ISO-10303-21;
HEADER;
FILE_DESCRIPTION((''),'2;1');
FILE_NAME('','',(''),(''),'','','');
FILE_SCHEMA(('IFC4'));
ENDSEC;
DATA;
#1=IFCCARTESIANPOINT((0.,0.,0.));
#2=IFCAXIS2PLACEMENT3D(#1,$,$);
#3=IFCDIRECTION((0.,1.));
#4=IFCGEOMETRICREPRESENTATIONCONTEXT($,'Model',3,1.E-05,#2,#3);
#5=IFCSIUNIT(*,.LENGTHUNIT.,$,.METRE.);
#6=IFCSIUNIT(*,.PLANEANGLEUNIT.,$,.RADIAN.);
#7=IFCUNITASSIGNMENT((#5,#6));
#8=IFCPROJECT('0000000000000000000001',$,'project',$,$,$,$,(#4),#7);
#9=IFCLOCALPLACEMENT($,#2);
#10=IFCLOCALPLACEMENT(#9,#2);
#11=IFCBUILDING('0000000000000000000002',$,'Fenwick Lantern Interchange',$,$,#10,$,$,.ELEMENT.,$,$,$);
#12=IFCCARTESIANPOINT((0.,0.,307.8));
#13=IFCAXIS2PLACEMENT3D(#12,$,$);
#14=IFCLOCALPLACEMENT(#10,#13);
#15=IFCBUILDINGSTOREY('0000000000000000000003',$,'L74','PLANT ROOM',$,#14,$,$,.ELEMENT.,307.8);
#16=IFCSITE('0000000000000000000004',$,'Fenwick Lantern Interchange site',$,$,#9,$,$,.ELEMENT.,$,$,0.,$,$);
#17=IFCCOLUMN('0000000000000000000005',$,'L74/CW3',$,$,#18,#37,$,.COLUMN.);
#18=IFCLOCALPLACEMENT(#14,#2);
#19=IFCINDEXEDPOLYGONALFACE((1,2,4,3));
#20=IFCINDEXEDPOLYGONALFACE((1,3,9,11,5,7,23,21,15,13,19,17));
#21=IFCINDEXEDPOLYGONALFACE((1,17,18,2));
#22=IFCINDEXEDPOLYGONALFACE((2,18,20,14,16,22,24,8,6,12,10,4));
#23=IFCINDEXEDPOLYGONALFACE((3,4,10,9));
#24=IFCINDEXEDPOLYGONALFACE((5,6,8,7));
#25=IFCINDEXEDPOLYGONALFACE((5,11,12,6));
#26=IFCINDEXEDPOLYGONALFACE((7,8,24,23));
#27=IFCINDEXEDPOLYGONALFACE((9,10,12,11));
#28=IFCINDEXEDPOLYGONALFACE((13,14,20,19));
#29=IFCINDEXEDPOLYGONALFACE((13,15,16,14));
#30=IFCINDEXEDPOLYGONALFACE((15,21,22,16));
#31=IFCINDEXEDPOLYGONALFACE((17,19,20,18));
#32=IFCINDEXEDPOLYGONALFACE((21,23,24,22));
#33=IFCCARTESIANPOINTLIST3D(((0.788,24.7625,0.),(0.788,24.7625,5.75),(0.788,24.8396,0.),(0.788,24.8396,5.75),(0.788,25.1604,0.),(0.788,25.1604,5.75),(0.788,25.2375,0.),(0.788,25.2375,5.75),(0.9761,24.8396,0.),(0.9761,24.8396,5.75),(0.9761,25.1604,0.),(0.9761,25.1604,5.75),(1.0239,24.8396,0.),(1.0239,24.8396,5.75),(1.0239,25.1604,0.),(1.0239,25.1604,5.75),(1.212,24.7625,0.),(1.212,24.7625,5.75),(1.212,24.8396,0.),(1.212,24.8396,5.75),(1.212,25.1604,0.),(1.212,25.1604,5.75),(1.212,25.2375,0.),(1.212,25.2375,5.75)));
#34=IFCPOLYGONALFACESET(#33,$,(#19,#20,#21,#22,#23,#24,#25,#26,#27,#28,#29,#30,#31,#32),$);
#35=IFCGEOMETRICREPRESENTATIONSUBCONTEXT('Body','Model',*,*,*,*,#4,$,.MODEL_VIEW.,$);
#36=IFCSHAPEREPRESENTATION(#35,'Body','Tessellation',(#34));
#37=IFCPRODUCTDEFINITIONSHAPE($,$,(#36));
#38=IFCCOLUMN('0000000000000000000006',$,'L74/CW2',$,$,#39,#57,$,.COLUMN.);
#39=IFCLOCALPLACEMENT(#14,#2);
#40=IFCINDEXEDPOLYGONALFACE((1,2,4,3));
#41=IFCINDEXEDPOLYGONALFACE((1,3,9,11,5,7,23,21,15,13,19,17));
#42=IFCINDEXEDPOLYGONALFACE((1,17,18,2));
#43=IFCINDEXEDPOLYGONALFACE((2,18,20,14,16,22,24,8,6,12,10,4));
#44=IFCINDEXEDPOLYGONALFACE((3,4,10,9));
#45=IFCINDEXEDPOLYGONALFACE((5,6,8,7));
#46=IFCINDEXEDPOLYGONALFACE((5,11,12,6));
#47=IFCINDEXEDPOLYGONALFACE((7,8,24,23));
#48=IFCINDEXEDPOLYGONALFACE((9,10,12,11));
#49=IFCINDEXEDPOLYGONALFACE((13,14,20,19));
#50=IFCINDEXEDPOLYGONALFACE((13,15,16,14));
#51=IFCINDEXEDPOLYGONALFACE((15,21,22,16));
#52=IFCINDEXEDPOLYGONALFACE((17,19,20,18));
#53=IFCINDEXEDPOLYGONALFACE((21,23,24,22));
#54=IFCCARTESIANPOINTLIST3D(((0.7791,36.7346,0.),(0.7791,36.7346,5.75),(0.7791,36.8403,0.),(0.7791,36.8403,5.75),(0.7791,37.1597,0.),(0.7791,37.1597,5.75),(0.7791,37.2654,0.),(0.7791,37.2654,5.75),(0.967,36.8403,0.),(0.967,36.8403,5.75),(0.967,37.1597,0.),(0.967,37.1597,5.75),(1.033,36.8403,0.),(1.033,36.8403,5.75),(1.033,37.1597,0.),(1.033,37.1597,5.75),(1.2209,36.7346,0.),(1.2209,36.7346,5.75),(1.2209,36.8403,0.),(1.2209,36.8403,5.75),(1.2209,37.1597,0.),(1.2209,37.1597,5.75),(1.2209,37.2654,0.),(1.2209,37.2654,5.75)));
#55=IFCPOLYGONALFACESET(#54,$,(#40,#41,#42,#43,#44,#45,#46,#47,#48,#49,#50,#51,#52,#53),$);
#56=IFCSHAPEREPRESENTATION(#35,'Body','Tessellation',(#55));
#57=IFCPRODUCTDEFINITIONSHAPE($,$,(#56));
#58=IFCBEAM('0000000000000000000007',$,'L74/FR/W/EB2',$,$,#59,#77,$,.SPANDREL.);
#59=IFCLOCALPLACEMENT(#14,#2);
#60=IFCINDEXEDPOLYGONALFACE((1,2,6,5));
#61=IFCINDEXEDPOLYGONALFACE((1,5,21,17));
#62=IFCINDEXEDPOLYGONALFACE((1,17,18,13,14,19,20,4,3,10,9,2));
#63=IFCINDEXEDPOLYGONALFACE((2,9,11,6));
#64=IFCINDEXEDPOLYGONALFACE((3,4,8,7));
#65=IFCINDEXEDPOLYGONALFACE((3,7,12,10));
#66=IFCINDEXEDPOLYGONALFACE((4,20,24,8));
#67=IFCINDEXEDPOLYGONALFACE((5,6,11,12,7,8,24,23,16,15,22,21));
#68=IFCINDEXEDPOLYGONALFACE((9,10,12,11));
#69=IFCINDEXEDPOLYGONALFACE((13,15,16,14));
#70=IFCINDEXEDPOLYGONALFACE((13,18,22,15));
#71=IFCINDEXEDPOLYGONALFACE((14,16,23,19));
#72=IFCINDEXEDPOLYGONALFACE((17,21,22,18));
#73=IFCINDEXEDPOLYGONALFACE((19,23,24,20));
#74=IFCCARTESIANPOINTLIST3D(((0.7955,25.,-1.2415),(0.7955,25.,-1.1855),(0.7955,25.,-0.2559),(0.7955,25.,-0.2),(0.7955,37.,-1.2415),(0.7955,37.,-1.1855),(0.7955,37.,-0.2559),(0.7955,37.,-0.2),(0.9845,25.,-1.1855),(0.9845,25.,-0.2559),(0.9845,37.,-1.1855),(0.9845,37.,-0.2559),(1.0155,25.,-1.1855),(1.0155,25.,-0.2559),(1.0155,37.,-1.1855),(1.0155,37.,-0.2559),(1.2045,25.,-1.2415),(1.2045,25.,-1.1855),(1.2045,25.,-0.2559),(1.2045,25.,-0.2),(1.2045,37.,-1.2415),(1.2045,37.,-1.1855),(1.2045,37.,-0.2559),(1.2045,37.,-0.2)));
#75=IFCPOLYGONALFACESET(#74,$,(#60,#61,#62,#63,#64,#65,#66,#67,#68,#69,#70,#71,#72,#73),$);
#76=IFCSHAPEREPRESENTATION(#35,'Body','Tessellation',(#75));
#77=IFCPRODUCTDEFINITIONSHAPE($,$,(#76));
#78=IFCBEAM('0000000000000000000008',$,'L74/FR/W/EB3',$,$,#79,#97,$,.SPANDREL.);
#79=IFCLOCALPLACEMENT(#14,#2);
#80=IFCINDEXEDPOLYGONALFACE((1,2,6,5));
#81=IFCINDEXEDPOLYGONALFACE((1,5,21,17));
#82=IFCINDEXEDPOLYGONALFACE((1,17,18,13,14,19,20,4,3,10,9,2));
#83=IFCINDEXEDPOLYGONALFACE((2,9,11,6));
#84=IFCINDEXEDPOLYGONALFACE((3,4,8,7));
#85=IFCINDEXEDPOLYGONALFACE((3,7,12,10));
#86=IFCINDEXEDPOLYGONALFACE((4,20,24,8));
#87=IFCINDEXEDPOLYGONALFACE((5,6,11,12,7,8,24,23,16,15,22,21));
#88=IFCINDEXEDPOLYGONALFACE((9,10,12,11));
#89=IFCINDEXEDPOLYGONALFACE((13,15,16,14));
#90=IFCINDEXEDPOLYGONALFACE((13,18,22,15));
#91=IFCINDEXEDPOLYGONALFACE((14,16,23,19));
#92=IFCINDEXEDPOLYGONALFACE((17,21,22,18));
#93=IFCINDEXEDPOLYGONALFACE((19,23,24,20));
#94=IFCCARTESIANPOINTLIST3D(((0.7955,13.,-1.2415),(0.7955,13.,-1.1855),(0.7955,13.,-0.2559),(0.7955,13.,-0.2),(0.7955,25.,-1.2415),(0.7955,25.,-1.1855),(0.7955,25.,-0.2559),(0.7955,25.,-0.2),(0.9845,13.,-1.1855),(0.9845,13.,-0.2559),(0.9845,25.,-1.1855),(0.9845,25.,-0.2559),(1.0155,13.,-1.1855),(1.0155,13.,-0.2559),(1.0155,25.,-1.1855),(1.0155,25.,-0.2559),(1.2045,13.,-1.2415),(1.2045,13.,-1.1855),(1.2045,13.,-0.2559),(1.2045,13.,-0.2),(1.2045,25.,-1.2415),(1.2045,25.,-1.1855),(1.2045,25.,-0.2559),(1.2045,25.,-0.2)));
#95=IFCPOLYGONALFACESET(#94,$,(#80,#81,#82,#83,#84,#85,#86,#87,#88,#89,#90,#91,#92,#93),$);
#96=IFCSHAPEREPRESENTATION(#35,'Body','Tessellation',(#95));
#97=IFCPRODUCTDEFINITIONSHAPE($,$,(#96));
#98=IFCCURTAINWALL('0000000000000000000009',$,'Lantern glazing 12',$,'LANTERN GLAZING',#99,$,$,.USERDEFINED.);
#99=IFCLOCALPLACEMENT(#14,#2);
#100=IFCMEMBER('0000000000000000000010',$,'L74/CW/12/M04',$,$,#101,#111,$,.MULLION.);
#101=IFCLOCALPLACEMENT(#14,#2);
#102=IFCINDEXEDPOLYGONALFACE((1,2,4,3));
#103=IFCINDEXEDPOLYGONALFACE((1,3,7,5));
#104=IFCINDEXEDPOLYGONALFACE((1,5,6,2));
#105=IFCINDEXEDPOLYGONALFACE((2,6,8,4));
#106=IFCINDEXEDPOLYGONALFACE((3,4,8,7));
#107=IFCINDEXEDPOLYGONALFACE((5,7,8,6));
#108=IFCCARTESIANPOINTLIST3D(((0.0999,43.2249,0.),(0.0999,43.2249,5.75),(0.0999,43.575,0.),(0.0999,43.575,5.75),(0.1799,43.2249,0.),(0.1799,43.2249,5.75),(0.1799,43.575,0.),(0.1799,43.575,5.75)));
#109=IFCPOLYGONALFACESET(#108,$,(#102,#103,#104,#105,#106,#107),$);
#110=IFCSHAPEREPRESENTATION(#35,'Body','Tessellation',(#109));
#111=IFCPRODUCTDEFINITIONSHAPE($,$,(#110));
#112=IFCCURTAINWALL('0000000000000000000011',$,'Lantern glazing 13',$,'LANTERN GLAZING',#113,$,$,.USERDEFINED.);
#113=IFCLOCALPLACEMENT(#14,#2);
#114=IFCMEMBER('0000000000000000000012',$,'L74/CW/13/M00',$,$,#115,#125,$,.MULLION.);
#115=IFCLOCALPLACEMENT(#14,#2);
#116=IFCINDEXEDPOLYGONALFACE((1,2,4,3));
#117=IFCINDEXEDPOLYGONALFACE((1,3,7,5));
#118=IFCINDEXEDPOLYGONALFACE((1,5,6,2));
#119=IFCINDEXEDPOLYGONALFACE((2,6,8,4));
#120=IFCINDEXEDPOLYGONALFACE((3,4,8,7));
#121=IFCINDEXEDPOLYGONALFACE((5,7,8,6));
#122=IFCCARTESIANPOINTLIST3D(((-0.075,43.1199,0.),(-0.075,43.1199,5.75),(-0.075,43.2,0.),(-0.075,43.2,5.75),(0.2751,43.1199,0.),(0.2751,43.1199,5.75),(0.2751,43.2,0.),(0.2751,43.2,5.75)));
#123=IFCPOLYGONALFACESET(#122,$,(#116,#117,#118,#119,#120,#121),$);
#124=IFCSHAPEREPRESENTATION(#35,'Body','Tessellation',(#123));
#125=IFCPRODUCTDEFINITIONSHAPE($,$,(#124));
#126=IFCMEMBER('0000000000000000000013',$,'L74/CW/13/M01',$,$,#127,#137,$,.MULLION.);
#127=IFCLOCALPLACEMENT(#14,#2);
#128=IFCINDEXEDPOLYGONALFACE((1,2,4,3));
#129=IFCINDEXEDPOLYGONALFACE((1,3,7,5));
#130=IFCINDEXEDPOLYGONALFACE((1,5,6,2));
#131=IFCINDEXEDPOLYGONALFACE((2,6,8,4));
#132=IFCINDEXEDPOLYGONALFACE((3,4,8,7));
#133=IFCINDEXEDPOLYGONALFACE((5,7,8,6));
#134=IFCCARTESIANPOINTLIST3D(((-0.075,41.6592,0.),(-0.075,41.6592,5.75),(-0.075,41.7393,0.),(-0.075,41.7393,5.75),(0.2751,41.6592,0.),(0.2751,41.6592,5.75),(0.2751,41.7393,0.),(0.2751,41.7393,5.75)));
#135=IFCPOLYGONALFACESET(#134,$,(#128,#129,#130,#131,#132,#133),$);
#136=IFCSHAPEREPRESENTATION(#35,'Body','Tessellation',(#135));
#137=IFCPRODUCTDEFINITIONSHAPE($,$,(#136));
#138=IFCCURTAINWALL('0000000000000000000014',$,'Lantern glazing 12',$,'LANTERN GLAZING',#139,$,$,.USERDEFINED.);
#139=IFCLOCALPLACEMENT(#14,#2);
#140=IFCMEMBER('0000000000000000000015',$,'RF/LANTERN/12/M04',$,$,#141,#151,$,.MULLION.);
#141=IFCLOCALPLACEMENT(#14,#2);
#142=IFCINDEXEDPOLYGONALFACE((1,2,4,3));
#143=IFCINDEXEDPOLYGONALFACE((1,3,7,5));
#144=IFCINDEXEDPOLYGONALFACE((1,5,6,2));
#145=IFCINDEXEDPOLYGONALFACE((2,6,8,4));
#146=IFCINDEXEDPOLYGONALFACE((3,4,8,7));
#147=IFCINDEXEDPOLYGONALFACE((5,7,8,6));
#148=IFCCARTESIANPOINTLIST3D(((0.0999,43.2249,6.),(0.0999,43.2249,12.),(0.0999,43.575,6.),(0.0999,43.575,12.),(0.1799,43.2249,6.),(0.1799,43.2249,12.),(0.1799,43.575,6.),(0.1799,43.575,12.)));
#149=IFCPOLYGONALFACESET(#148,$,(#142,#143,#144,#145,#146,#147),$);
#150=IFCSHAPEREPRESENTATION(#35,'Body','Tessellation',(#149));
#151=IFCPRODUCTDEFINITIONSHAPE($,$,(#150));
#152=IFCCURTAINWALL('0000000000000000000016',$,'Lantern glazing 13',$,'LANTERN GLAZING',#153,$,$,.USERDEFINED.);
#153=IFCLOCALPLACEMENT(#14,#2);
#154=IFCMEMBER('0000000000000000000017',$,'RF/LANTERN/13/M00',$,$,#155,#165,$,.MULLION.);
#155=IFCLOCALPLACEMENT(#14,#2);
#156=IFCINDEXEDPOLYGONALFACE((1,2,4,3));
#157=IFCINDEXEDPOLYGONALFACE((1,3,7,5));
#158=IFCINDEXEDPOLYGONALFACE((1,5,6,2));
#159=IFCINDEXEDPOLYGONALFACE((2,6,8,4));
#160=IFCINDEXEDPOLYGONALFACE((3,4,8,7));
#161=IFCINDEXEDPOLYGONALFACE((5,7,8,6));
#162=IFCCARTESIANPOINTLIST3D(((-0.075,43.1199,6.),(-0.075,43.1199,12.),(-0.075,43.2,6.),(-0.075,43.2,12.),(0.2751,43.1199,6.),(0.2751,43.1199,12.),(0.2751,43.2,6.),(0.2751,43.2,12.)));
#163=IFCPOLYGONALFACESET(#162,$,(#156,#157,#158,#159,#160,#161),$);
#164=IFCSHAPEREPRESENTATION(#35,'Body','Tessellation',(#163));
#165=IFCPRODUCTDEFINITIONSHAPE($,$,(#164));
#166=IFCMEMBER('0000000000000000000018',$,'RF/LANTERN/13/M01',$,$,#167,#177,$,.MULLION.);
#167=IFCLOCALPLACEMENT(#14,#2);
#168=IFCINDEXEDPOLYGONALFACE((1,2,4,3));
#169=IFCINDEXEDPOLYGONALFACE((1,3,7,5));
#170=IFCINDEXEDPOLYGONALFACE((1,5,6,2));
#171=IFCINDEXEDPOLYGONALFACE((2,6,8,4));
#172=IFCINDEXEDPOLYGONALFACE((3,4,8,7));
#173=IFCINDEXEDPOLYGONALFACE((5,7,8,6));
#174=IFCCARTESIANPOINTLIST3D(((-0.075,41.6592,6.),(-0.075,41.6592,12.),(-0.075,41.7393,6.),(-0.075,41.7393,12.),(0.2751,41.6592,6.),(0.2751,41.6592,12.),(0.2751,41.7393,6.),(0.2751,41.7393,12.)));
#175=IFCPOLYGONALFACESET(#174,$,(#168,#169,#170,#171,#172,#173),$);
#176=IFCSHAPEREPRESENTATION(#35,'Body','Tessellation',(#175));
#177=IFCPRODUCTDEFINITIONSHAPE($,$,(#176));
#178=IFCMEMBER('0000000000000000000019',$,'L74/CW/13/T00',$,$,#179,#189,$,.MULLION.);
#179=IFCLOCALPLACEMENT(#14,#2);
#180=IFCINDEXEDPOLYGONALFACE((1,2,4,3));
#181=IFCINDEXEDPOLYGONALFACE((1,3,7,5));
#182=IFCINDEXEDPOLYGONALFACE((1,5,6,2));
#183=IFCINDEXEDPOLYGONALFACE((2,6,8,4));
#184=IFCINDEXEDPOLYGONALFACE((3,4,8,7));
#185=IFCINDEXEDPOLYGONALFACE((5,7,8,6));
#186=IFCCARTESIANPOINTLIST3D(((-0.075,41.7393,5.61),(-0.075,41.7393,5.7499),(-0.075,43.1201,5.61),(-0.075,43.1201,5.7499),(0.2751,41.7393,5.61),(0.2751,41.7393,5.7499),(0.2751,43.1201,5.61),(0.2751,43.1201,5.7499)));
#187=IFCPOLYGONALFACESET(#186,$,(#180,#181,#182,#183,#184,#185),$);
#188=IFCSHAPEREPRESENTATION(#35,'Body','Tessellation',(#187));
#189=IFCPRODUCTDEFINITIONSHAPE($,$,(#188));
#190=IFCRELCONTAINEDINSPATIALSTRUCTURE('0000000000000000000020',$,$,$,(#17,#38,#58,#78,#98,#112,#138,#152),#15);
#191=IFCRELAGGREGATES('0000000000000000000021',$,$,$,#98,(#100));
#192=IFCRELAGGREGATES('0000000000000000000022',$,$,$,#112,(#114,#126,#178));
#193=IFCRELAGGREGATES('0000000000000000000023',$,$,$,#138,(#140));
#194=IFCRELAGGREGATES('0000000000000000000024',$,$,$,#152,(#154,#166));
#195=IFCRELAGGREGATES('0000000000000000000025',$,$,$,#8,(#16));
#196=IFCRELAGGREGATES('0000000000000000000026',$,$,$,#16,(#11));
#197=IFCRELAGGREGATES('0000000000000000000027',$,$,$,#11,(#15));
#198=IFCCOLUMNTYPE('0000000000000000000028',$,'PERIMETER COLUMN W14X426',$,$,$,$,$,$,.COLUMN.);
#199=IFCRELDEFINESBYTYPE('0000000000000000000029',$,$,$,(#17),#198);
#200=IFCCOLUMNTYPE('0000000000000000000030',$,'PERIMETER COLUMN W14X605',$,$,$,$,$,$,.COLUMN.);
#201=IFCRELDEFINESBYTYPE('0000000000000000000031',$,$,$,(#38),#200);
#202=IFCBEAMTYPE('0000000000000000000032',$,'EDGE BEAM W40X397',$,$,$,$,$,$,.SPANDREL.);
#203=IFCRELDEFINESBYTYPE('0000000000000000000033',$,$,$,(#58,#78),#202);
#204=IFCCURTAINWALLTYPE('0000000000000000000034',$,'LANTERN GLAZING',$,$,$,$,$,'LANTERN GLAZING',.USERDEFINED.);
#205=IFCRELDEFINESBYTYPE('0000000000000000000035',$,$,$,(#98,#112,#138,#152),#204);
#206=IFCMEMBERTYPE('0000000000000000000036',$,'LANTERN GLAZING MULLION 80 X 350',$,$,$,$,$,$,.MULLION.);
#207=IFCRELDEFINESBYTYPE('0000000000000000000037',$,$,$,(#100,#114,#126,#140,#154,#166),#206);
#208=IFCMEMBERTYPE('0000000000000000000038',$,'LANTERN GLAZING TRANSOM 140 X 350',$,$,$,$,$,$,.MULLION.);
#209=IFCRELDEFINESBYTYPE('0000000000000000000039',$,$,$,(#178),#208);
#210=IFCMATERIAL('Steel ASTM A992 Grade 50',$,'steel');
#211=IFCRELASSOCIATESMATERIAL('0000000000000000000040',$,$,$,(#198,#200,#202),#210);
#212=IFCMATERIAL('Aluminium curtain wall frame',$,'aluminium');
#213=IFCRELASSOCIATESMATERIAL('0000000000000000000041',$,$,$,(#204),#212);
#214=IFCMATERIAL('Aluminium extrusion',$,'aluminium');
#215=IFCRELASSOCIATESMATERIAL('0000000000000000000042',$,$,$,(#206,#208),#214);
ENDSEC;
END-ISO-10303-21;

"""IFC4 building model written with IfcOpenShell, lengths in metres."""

from ifc_helpers import new_model, si_unit, direction, frame, origin, origin_2d, place, context, subcontext, project, spatial, rectangle, i_section, extrude, material, material_profile, profile_set, type_object, element, aggregate, save


model = new_model("IFC4")

# Units and contexts
model_context = context("Model", 3, precision=1e-05, world=origin(), true_north=direction((0.0, 1.0)))
body_context = subcontext(model_context, "Body", "Model", "MODEL_VIEW")
ifc_project = project(units=[si_unit("LENGTHUNIT", "METRE"), si_unit("PLANEANGLEUNIT", "RADIAN")], contexts=[model_context])

# Site, building, storey
site_placement = place(None, origin())
site = spatial("IfcSite", under=ifc_project, at=site_placement, Name="Fenwick Lantern Interchange site", CompositionType="ELEMENT", RefElevation=0.0)
building_placement = place(site_placement, origin())
building = spatial("IfcBuilding", under=site, at=building_placement, Name="Fenwick Lantern Interchange", CompositionType="ELEMENT")
storey_placement = place(building_placement, frame((0.0, 0.0, 307.8)))
storey = spatial("IfcBuildingStorey", under=building, at=storey_placement, Name="L74", Description="PLANT ROOM", CompositionType="ELEMENT", Elevation=307.8)

# Columns
ifc_material_1 = material(Name="Steel ASTM A992 Grade 50", Category="steel")
ifc_material_profile_1 = material_profile(ifc_material_1, i_section(OverallWidth=0.4241, OverallDepth=0.4751, WebThickness=0.0479, FlangeThickness=0.0771, at=origin_2d()), Name="W14X426")
ifc_profile_set_1 = profile_set([ifc_material_profile_1], Name="Steel ASTM A992 Grade 50")
column_type_1 = type_object("IfcColumnType", Name="PERIMETER COLUMN W14X426", PredefinedType="COLUMN", material=ifc_profile_set_1)
column_1_placement = place(storey_placement, frame((1.0, 25.0, 0.0), z_axis=(0.0, 0.0, 1.0), x_axis=(1.0, 0.0, 0.0)))
element("IfcColumn", 1, at=column_1_placement, inside=storey, type_object=column_type_1, Name="L74/CW3", PredefinedType="COLUMN", context=body_context, shape_type="SweptSolid", body=[
    extrude(i_section(OverallWidth=0.4241, OverallDepth=0.4751, WebThickness=0.0479, FlangeThickness=0.0771, at=origin_2d()), origin(), (0.0, 0.0, 1.0), 5.75),
])
ifc_material_profile_2 = material_profile(ifc_material_1, i_section(OverallWidth=0.4419, OverallDepth=0.5308, WebThickness=0.0659, FlangeThickness=0.1057, at=origin_2d()), Name="W14X605")
ifc_profile_set_2 = profile_set([ifc_material_profile_2], Name="Steel ASTM A992 Grade 50")
column_type_2 = type_object("IfcColumnType", Name="PERIMETER COLUMN W14X605", PredefinedType="COLUMN", material=ifc_profile_set_2)
column_2_placement = place(storey_placement, frame((1.0, 37.0, 0.0), z_axis=(0.0, 0.0, 1.0), x_axis=(1.0, 0.0, 0.0)))
element("IfcColumn", 2, at=column_2_placement, inside=storey, type_object=column_type_2, Name="L74/CW2", PredefinedType="COLUMN", context=body_context, shape_type="SweptSolid", body=[
    extrude(i_section(OverallWidth=0.4419, OverallDepth=0.5308, WebThickness=0.0659, FlangeThickness=0.1057, at=origin_2d()), origin(), (0.0, 0.0, 1.0), 5.75),
])

# Beams
ifc_material_profile_3 = material_profile(ifc_material_1, i_section(OverallWidth=0.4089, OverallDepth=1.0415, WebThickness=0.031, FlangeThickness=0.0559, at=origin_2d()), Name="W40X397")
ifc_profile_set_3 = profile_set([ifc_material_profile_3], Name="Steel ASTM A992 Grade 50")
beam_type_1 = type_object("IfcBeamType", Name="EDGE BEAM W40X397", PredefinedType="SPANDREL", material=ifc_profile_set_3)
for number, where, z_axis, x_axis, name in (
    (3, (1.0, 37.0, -0.7207), (0.0, -1.0, 0.0), (1.0, 0.0, 0.0), "L74/FR/W/EB2"),
    (4, (1.0, 25.0, -0.7207), (0.0, -1.0, 0.0), (1.0, 0.0, 0.0), "L74/FR/W/EB3"),
):
    element("IfcBeam", number, at=place(storey_placement, frame(where, z_axis=z_axis, x_axis=x_axis)), inside=storey, type_object=beam_type_1, Name=name, PredefinedType="SPANDREL", context=body_context, shape_type="SweptSolid", body=[
        extrude(i_section(OverallWidth=0.4089, OverallDepth=1.0415, WebThickness=0.031, FlangeThickness=0.0559, at=origin_2d()), origin(), (0.0, 0.0, 1.0), 12.0),
    ])

# Curtain wall, member
ifc_material_2 = material(Name="Aluminium curtain wall frame", Category="aluminium")
curtain_wall_type = type_object("IfcCurtainWallType", Name="LANTERN GLAZING", ElementType="LANTERN GLAZING", PredefinedType="USERDEFINED", material=ifc_material_2)
curtain_wall_1_placement = place(storey_placement, origin())
curtain_wall_1 = element("IfcCurtainWall", 5, at=curtain_wall_1_placement, inside=storey, type_object=curtain_wall_type, Name="Lantern glazing 12", ObjectType="LANTERN GLAZING", PredefinedType="USERDEFINED")
ifc_material_3 = material(Name="Aluminium extrusion", Category="aluminium")
ifc_material_profile_4 = material_profile(ifc_material_3, rectangle(XDim=0.3501, YDim=0.0801, at=origin_2d()), Name="LANTERN GLAZING MULLION 80 X 350")
ifc_profile_set_4 = profile_set([ifc_material_profile_4], Name="Aluminium extrusion")
member_type_1 = type_object("IfcMemberType", Name="LANTERN GLAZING MULLION 80 X 350", PredefinedType="MULLION", material=ifc_profile_set_4)
member_1_placement = place(storey_placement, frame((0.1399, 43.3999, 0.0), z_axis=(0.0, 0.0, 1.0), x_axis=(0.0, -1.0, 0.0)))
member_1 = element("IfcMember", 6, at=member_1_placement, type_object=member_type_1, Name="L74/CW/12/M04", PredefinedType="MULLION", context=body_context, shape_type="SweptSolid", body=[
    extrude(rectangle(XDim=0.3501, YDim=0.0801, at=origin_2d()), origin(), (0.0, 0.0, 1.0), 5.75),
])
aggregate(curtain_wall_1, [member_1])

# Curtain wall, members
curtain_wall_2_placement = place(storey_placement, origin())
curtain_wall_2 = element("IfcCurtainWall", 7, at=curtain_wall_2_placement, inside=storey, type_object=curtain_wall_type, Name="Lantern glazing 13", ObjectType="LANTERN GLAZING", PredefinedType="USERDEFINED")
member_2_placement = place(storey_placement, frame((0.1001, 43.1599, 0.0), z_axis=(0.0, 0.0, 1.0), x_axis=(1.0, 0.0, 0.0)))
member_2 = element("IfcMember", 8, at=member_2_placement, type_object=member_type_1, Name="L74/CW/13/M00", PredefinedType="MULLION", context=body_context, shape_type="SweptSolid", body=[
    extrude(rectangle(XDim=0.3501, YDim=0.0801, at=origin_2d()), origin(), (0.0, 0.0, 1.0), 5.75),
])
member_3_placement = place(storey_placement, frame((0.1001, 41.6992, 0.0), z_axis=(0.0, 0.0, 1.0), x_axis=(1.0, 0.0, 0.0)))
member_3 = element("IfcMember", 9, at=member_3_placement, type_object=member_type_1, Name="L74/CW/13/M01", PredefinedType="MULLION", context=body_context, shape_type="SweptSolid", body=[
    extrude(rectangle(XDim=0.3501, YDim=0.0801, at=origin_2d()), origin(), (0.0, 0.0, 1.0), 5.75),
])

# Curtain wall, member
curtain_wall_3_placement = place(storey_placement, origin())
curtain_wall_3 = element("IfcCurtainWall", 10, at=curtain_wall_3_placement, inside=storey, type_object=curtain_wall_type, Name="Lantern glazing 12", ObjectType="LANTERN GLAZING", PredefinedType="USERDEFINED")
member_4_placement = place(storey_placement, frame((0.1399, 43.3999, 6.0), z_axis=(0.0, 0.0, 1.0), x_axis=(0.0, -1.0, 0.0)))
member_4 = element("IfcMember", 11, at=member_4_placement, type_object=member_type_1, Name="RF/LANTERN/12/M04", PredefinedType="MULLION", context=body_context, shape_type="SweptSolid", body=[
    extrude(rectangle(XDim=0.3501, YDim=0.0801, at=origin_2d()), origin(), (0.0, 0.0, 1.0), 6.0),
])

# Curtain wall, members
curtain_wall_4_placement = place(storey_placement, origin())
curtain_wall_4 = element("IfcCurtainWall", 12, at=curtain_wall_4_placement, inside=storey, type_object=curtain_wall_type, Name="Lantern glazing 13", ObjectType="LANTERN GLAZING", PredefinedType="USERDEFINED")
member_5_placement = place(storey_placement, frame((0.1001, 43.1599, 6.0), z_axis=(0.0, 0.0, 1.0), x_axis=(1.0, 0.0, 0.0)))
member_5 = element("IfcMember", 13, at=member_5_placement, type_object=member_type_1, Name="RF/LANTERN/13/M00", PredefinedType="MULLION", context=body_context, shape_type="SweptSolid", body=[
    extrude(rectangle(XDim=0.3501, YDim=0.0801, at=origin_2d()), origin(), (0.0, 0.0, 1.0), 6.0),
])
member_6_placement = place(storey_placement, frame((0.1001, 41.6992, 6.0), z_axis=(0.0, 0.0, 1.0), x_axis=(1.0, 0.0, 0.0)))
member_6 = element("IfcMember", 14, at=member_6_placement, type_object=member_type_1, Name="RF/LANTERN/13/M01", PredefinedType="MULLION", context=body_context, shape_type="SweptSolid", body=[
    extrude(rectangle(XDim=0.3501, YDim=0.0801, at=origin_2d()), origin(), (0.0, 0.0, 1.0), 6.0),
])

# Member
ifc_material_profile_5 = material_profile(ifc_material_3, rectangle(XDim=0.3501, YDim=0.1399, at=origin_2d()), Name="LANTERN GLAZING TRANSOM 140 X 350")
ifc_profile_set_5 = profile_set([ifc_material_profile_5], Name="Aluminium extrusion")
member_type_2 = type_object("IfcMemberType", Name="LANTERN GLAZING TRANSOM 140 X 350", PredefinedType="MULLION", material=ifc_profile_set_5)
member_7_placement = place(storey_placement, frame((0.1001, 43.1201, 5.6799), z_axis=(0.0, -1.0, 0.0), x_axis=(1.0, 0.0, 0.0)))
member_7 = element("IfcMember", 15, at=member_7_placement, type_object=member_type_2, Name="L74/CW/13/T00", PredefinedType="MULLION", context=body_context, shape_type="SweptSolid", body=[
    extrude(rectangle(XDim=0.3501, YDim=0.1399, at=origin_2d()), origin(), (0.0, 0.0, 1.0), 1.3809),
])

aggregate(curtain_wall_2, [member_2, member_3, member_7])
aggregate(curtain_wall_3, [member_4])
aggregate(curtain_wall_4, [member_5, member_6])

save(model, "model.ifc")
